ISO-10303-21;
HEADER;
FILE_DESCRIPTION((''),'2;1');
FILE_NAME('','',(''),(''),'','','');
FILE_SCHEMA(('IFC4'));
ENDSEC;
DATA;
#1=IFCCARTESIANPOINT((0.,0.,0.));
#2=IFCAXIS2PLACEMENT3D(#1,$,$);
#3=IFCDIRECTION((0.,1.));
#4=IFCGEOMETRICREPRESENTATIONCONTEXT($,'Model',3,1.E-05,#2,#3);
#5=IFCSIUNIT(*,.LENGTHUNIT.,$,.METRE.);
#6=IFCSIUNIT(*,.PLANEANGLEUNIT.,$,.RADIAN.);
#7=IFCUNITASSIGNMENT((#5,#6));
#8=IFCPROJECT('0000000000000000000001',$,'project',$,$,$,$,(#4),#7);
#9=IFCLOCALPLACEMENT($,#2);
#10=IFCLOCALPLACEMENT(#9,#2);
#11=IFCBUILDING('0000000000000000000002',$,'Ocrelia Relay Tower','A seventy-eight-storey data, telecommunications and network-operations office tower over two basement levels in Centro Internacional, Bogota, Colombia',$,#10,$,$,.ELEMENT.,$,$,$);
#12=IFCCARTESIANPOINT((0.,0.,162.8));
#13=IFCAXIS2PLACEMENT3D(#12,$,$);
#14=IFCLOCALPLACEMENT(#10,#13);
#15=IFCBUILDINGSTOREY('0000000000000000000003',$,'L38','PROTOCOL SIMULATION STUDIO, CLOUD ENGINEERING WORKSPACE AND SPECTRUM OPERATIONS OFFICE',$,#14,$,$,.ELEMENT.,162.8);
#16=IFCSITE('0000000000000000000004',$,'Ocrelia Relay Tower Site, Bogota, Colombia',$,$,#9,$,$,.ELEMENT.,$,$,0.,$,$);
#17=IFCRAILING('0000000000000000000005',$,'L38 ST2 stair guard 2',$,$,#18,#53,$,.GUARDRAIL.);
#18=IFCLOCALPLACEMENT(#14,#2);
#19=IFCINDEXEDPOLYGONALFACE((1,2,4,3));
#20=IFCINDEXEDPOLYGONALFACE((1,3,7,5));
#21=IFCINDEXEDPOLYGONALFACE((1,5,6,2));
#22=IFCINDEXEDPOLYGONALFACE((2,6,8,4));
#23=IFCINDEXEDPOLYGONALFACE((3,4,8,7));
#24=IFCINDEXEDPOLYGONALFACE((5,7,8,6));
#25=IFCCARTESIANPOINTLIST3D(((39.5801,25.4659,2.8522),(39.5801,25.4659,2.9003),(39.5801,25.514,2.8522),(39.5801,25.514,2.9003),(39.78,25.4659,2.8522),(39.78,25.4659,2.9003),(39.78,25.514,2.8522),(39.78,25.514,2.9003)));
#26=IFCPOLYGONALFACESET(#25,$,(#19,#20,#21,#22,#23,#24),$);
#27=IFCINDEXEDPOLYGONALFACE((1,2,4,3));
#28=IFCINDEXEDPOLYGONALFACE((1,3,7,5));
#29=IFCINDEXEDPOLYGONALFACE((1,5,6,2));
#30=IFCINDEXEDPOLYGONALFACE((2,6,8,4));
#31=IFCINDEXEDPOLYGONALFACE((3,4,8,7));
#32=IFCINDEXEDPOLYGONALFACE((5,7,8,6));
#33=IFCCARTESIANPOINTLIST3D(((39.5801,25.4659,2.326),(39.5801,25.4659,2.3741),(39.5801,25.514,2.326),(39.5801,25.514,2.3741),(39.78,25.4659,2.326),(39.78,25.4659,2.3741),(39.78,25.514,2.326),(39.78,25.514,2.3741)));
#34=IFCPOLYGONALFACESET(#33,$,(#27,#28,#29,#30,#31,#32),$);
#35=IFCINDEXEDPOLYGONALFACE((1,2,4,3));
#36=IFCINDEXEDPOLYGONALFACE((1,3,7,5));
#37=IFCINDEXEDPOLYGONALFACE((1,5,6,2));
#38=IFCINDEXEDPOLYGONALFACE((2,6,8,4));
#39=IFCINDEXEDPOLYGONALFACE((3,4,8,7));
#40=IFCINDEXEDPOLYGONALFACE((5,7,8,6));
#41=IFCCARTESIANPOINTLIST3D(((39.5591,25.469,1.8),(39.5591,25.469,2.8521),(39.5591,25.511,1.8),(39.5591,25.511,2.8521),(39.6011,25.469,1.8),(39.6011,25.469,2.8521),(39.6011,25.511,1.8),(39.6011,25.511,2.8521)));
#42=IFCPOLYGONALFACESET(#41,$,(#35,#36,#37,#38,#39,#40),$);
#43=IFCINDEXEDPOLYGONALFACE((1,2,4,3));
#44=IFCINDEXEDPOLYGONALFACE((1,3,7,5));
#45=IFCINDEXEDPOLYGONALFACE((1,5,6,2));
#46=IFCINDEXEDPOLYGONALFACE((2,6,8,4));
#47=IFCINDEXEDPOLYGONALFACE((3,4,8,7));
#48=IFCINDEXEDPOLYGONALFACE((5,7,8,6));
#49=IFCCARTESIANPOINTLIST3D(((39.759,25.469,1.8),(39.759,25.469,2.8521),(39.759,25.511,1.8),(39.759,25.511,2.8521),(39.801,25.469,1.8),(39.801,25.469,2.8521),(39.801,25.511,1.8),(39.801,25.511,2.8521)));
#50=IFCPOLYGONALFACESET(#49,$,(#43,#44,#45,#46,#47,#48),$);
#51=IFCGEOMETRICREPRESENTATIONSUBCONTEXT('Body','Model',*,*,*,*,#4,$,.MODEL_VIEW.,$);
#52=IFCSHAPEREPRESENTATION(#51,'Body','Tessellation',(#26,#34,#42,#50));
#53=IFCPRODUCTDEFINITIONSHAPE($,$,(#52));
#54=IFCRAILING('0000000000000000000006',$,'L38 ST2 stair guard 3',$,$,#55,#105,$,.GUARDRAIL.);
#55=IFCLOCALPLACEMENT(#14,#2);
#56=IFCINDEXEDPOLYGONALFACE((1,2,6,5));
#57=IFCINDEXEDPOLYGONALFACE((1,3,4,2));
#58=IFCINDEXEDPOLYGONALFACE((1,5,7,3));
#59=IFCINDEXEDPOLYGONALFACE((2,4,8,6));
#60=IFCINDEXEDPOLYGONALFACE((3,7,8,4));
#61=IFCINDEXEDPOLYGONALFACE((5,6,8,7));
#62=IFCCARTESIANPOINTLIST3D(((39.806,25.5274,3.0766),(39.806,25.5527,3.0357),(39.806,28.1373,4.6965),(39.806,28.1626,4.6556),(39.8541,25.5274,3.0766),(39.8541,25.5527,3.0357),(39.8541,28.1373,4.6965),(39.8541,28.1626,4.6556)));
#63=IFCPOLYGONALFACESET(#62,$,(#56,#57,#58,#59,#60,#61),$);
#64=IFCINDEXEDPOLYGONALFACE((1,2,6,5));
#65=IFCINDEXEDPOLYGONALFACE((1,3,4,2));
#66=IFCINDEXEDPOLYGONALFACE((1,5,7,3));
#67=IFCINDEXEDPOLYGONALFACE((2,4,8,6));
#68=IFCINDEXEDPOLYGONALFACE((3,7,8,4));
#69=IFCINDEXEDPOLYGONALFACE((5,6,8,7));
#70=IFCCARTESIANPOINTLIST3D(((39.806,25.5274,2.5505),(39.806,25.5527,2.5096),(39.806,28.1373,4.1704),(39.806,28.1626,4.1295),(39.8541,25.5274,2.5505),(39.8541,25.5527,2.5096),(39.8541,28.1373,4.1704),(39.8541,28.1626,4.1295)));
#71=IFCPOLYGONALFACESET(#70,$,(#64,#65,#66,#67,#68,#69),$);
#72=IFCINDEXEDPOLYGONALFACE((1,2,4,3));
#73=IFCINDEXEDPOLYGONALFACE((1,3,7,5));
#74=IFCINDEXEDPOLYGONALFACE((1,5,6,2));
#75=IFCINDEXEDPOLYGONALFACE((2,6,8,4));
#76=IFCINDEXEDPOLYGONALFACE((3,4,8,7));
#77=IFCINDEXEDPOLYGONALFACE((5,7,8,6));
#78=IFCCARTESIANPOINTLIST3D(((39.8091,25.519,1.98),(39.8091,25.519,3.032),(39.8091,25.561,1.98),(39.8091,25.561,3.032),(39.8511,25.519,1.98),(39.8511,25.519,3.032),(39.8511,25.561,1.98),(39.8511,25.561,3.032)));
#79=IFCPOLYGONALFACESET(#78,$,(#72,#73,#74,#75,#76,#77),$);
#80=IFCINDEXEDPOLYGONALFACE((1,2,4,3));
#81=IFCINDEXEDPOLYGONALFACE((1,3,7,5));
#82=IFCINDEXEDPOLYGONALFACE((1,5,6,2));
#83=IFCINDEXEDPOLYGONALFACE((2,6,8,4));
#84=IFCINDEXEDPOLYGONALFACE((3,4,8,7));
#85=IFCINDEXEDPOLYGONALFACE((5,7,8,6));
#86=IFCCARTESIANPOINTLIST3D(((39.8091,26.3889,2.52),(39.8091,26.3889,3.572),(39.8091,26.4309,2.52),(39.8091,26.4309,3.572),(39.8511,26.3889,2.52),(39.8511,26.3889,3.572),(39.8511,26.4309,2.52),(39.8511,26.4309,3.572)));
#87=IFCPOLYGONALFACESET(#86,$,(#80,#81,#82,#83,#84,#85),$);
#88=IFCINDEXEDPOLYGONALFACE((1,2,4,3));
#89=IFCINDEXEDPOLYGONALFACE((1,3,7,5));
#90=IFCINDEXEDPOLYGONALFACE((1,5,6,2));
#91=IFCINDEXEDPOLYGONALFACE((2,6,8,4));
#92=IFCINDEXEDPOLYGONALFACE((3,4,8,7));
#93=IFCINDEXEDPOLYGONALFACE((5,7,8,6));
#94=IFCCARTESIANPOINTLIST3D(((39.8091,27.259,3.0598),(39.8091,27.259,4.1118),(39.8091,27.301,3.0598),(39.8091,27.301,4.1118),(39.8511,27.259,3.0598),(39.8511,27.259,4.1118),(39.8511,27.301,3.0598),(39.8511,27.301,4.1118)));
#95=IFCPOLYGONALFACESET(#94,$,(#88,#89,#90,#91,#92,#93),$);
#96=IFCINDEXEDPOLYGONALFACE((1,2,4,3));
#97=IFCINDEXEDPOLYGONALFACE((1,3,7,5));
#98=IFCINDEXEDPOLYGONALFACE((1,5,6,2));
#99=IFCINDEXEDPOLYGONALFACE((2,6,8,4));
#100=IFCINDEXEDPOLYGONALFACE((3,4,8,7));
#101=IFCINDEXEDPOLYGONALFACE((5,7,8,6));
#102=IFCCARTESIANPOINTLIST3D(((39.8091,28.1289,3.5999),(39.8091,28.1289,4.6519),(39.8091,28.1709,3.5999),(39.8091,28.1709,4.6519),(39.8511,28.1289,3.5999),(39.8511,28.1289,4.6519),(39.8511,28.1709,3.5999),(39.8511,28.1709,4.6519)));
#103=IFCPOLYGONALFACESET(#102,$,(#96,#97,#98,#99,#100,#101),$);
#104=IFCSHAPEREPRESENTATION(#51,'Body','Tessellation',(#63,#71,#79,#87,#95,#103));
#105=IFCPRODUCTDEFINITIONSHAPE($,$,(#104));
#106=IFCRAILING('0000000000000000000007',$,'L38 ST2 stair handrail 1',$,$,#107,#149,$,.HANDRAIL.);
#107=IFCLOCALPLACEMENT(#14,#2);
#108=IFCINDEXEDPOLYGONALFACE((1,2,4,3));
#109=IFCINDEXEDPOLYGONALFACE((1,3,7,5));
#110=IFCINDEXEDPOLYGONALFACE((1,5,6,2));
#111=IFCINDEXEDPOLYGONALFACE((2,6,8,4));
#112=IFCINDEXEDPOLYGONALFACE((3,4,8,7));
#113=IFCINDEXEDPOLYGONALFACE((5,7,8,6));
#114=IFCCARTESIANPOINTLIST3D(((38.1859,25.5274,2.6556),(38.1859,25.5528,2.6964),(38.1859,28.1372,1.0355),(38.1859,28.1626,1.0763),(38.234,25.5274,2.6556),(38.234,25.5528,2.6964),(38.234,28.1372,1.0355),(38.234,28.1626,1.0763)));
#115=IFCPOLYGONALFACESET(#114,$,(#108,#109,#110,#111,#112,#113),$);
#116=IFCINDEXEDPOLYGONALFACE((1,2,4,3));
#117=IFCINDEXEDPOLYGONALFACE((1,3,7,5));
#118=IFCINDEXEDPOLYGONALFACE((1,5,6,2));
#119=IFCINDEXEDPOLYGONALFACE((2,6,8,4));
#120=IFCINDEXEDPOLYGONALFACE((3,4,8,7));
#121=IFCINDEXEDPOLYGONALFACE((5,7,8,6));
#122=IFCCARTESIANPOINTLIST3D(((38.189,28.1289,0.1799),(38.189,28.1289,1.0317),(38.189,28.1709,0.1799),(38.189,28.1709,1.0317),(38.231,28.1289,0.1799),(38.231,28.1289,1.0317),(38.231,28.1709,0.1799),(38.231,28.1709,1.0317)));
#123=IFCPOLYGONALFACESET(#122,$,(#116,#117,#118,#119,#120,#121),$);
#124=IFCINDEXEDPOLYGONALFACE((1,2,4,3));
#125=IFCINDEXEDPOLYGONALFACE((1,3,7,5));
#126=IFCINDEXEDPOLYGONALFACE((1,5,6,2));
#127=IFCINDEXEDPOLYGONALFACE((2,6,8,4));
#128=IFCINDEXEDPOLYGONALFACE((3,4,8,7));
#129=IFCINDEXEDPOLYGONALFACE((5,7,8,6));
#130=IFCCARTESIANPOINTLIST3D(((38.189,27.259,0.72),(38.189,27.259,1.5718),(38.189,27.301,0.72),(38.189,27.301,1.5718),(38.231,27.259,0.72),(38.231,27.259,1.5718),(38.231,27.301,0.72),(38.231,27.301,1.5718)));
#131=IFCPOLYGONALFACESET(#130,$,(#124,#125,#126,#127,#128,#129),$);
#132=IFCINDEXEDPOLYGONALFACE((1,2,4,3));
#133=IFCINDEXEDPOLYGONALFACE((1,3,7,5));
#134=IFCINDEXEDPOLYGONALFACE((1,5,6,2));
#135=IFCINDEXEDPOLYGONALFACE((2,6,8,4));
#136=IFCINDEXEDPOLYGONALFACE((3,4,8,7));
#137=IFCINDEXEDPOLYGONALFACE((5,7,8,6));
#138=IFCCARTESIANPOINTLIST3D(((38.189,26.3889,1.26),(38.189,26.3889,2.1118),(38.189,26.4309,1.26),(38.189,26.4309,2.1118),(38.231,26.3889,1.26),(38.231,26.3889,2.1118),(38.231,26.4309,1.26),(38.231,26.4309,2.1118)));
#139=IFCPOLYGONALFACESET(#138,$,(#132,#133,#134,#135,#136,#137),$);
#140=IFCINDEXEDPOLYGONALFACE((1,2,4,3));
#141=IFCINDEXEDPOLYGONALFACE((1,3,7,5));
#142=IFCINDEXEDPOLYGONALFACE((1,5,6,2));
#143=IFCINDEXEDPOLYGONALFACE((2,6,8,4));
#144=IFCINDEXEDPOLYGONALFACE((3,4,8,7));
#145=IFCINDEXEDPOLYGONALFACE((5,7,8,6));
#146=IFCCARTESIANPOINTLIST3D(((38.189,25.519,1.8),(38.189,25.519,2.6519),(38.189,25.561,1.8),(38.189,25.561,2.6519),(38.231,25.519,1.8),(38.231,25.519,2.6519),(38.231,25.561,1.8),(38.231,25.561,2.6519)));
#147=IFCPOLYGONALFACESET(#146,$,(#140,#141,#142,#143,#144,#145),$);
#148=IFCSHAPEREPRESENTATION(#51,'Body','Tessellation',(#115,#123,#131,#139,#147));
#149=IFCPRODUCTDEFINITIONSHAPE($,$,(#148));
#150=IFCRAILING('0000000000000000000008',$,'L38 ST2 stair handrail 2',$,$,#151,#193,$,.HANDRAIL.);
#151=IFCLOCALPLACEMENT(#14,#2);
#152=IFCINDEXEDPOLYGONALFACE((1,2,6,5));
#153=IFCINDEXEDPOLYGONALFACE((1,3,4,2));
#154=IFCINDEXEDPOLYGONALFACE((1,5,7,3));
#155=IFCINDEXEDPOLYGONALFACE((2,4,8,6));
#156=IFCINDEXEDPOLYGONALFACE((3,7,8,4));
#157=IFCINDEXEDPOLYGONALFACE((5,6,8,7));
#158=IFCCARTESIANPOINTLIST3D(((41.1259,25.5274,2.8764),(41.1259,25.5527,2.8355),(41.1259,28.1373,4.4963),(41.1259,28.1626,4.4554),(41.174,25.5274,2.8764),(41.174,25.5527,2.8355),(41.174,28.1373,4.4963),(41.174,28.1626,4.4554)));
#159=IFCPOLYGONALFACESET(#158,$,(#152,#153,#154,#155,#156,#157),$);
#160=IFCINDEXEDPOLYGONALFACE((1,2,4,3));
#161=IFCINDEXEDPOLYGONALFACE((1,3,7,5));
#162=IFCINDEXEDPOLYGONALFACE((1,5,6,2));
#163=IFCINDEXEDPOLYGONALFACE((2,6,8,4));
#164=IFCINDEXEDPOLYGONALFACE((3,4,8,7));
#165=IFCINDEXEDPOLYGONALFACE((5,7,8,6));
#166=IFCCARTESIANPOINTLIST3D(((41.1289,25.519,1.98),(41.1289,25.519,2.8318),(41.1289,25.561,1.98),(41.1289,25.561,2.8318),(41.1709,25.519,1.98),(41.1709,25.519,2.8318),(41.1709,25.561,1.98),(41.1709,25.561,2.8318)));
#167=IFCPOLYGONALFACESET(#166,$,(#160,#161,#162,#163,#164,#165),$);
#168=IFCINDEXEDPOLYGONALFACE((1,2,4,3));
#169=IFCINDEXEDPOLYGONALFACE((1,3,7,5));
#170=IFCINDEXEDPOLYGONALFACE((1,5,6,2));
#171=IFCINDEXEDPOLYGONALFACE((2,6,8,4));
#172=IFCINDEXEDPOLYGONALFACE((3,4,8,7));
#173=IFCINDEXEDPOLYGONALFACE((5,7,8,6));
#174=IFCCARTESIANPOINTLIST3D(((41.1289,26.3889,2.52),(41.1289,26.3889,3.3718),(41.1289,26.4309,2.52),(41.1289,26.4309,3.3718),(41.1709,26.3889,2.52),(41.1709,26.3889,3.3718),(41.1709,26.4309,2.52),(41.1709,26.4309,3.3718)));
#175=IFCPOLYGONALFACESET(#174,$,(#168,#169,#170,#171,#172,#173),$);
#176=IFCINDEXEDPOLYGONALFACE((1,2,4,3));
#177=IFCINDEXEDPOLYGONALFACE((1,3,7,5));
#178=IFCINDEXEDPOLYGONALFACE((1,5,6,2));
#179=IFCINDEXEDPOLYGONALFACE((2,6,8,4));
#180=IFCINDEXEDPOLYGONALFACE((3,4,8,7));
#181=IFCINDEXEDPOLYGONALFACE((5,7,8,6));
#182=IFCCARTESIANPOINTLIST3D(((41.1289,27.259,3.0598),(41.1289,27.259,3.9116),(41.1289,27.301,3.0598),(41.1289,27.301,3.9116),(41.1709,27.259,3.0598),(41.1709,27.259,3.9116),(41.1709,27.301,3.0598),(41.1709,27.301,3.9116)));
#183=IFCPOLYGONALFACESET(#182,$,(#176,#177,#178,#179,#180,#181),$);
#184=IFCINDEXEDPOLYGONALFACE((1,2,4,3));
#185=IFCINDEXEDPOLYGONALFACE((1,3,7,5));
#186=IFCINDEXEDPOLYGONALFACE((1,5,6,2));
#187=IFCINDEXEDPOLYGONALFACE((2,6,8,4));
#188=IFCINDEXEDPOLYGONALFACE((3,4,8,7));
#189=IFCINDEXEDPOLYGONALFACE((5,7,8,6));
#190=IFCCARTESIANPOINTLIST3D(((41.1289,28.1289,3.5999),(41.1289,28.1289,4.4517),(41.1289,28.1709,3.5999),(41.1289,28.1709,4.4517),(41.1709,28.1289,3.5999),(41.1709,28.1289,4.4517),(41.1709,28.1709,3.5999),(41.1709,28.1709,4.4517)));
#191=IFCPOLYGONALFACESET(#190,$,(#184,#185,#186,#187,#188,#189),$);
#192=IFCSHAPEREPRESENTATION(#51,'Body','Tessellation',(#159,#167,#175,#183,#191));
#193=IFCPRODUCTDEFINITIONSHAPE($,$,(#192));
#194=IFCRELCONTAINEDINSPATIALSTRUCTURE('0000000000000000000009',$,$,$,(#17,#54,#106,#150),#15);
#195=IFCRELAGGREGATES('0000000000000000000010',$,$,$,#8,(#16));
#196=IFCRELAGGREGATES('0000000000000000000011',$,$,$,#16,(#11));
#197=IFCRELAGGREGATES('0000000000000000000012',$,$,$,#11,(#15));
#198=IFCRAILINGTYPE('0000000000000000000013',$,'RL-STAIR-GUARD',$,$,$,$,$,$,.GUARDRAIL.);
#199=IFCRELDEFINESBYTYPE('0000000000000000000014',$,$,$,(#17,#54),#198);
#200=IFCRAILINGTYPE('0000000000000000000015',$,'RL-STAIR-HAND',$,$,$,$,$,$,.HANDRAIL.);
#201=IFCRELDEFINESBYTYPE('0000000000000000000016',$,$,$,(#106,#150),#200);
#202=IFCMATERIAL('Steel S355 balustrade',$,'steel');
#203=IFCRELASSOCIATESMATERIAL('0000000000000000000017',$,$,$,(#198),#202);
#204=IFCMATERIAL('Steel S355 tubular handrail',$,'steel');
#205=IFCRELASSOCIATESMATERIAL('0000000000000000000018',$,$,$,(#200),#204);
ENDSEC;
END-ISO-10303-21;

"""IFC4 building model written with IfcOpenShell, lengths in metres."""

from ifc_helpers import new_model, si_unit, direction, frame, origin, origin_2d, place, context, subcontext, project, spatial, rectangle, extrude, material, type_object, element, save


model = new_model("IFC4")

# Units and contexts
model_context = context("Model", 3, precision=1e-05, world=origin(), true_north=direction((0.0, 1.0)))
body_context = subcontext(model_context, "Body", "Model", "MODEL_VIEW")
ifc_project = project(units=[si_unit("LENGTHUNIT", "METRE"), si_unit("PLANEANGLEUNIT", "RADIAN")], contexts=[model_context])

# Site, building, storey
site_placement = place(None, origin())
site = spatial("IfcSite", under=ifc_project, at=site_placement, Name="Ocrelia Relay Tower Site, Bogota, Colombia", CompositionType="ELEMENT", RefElevation=0.0)
building_placement = place(site_placement, origin())
building = spatial("IfcBuilding", under=site, at=building_placement, Name="Ocrelia Relay Tower", Description="A seventy-eight-storey data, telecommunications and network-operations office tower over two basement levels in Centro Internacional, Bogota, Colombia", CompositionType="ELEMENT")
storey_placement = place(building_placement, frame((0.0, 0.0, 162.8)))
storey = spatial("IfcBuildingStorey", under=building, at=storey_placement, Name="L38", Description="PROTOCOL SIMULATION STUDIO, CLOUD ENGINEERING WORKSPACE AND SPECTRUM OPERATIONS OFFICE", CompositionType="ELEMENT", Elevation=162.8)

# Railings
ifc_material_1 = material(Name="Steel S355 balustrade", Category="steel")
railing_type_1 = type_object("IfcRailingType", Name="RL-STAIR-GUARD", PredefinedType="GUARDRAIL", material=ifc_material_1)
railing_1_placement = place(storey_placement, frame((39.5801, 25.49, 1.8)))
element("IfcRailing", 1, at=railing_1_placement, inside=storey, type_object=railing_type_1, Name="L38 ST2 stair guard 2", PredefinedType="GUARDRAIL", context=body_context, shape_type="SweptSolid", body=[
    extrude(rectangle(XDim=0.0481, YDim=0.0481, at=origin_2d()), frame((0.0, 0.0, 1.0762), z_axis=(1.0, 0.0, 0.0), x_axis=(0.0, 1.0, 0.0)), (0.0, 0.0, 1.0), 0.2),
    extrude(rectangle(XDim=0.0481, YDim=0.0481, at=origin_2d()), frame((0.0, 0.0, 0.55), z_axis=(1.0, 0.0, 0.0), x_axis=(0.0, 1.0, 0.0)), (0.0, 0.0, 1.0), 0.2),
    extrude(rectangle(XDim=0.042, YDim=0.042, at=origin_2d()), origin(), (0.0, 0.0, 1.0), 1.052),
    extrude(rectangle(XDim=0.042, YDim=0.042, at=origin_2d()), frame((0.2, 0.0, 0.0)), (0.0, 0.0, 1.0), 1.052),
])
railing_2_placement = place(storey_placement, frame((39.8301, 25.54, 1.98)))
element("IfcRailing", 2, at=railing_2_placement, inside=storey, type_object=railing_type_1, Name="L38 ST2 stair guard 3", PredefinedType="GUARDRAIL", context=body_context, shape_type="SweptSolid", body=[
    extrude(rectangle(XDim=0.0481, YDim=0.0481, at=origin_2d()), frame((0.0, 0.0, 1.0762), z_axis=(0.0, 0.849646, 0.527353), x_axis=(-1.0, 0.0, 0.0)), (0.0, 0.0, 1.0), 3.0718),
    extrude(rectangle(XDim=0.0481, YDim=0.0481, at=origin_2d()), frame((0.0, 0.0, 0.55), z_axis=(0.0, 0.849646, 0.527353), x_axis=(-1.0, 0.0, 0.0)), (0.0, 0.0, 1.0), 3.0718),
    extrude(rectangle(XDim=0.042, YDim=0.042, at=origin_2d()), origin(), (0.0, 0.0, 1.0), 1.052),
    extrude(rectangle(XDim=0.042, YDim=0.042, at=origin_2d()), frame((0.0, 0.8699, 0.54)), (0.0, 0.0, 1.0), 1.052),
    extrude(rectangle(XDim=0.042, YDim=0.042, at=origin_2d()), frame((0.0, 1.74, 1.0798)), (0.0, 0.0, 1.0), 1.052),
    extrude(rectangle(XDim=0.042, YDim=0.042, at=origin_2d()), frame((0.0, 2.6099, 1.6199)), (0.0, 0.0, 1.0), 1.052),
])
ifc_material_2 = material(Name="Steel S355 tubular handrail", Category="steel")
railing_type_2 = type_object("IfcRailingType", Name="RL-STAIR-HAND", PredefinedType="HANDRAIL", material=ifc_material_2)
railing_3_placement = place(storey_placement, frame((38.21, 28.1499, 0.1799)))
element("IfcRailing", 3, at=railing_3_placement, inside=storey, type_object=railing_type_2, Name="L38 ST2 stair handrail 1", PredefinedType="HANDRAIL", context=body_context, shape_type="SweptSolid", body=[
    extrude(rectangle(XDim=0.0481, YDim=0.0481, at=origin_2d()), frame((0.0, 0.0, 0.876), z_axis=(0.0, -0.849611, 0.52741), x_axis=(1.0, 0.0, 0.0)), (0.0, 0.0, 1.0), 3.0718),
    extrude(rectangle(XDim=0.042, YDim=0.042, at=origin_2d()), origin(), (0.0, 0.0, 1.0), 0.8518),
    extrude(rectangle(XDim=0.042, YDim=0.042, at=origin_2d()), frame((0.0, -0.8699, 0.54)), (0.0, 0.0, 1.0), 0.8518),
    extrude(rectangle(XDim=0.042, YDim=0.042, at=origin_2d()), frame((0.0, -1.74, 1.0801)), (0.0, 0.0, 1.0), 0.8518),
    extrude(rectangle(XDim=0.042, YDim=0.042, at=origin_2d()), frame((0.0, -2.6099, 1.6201)), (0.0, 0.0, 1.0), 0.8518),
])
railing_4_placement = place(storey_placement, frame((41.1499, 25.54, 1.98)))
element("IfcRailing", 4, at=railing_4_placement, inside=storey, type_object=railing_type_2, Name="L38 ST2 stair handrail 2", PredefinedType="HANDRAIL", context=body_context, shape_type="SweptSolid", body=[
    extrude(rectangle(XDim=0.0481, YDim=0.0481, at=origin_2d()), frame((0.0, 0.0, 0.876), z_axis=(0.0, 0.849646, 0.527353), x_axis=(-1.0, 0.0, 0.0)), (0.0, 0.0, 1.0), 3.0718),
    extrude(rectangle(XDim=0.042, YDim=0.042, at=origin_2d()), origin(), (0.0, 0.0, 1.0), 0.8518),
    extrude(rectangle(XDim=0.042, YDim=0.042, at=origin_2d()), frame((0.0, 0.8699, 0.54)), (0.0, 0.0, 1.0), 0.8518),
    extrude(rectangle(XDim=0.042, YDim=0.042, at=origin_2d()), frame((0.0, 1.74, 1.0798)), (0.0, 0.0, 1.0), 0.8518),
    extrude(rectangle(XDim=0.042, YDim=0.042, at=origin_2d()), frame((0.0, 2.6099, 1.6199)), (0.0, 0.0, 1.0), 0.8518),
])

save(model, "model.ifc")
